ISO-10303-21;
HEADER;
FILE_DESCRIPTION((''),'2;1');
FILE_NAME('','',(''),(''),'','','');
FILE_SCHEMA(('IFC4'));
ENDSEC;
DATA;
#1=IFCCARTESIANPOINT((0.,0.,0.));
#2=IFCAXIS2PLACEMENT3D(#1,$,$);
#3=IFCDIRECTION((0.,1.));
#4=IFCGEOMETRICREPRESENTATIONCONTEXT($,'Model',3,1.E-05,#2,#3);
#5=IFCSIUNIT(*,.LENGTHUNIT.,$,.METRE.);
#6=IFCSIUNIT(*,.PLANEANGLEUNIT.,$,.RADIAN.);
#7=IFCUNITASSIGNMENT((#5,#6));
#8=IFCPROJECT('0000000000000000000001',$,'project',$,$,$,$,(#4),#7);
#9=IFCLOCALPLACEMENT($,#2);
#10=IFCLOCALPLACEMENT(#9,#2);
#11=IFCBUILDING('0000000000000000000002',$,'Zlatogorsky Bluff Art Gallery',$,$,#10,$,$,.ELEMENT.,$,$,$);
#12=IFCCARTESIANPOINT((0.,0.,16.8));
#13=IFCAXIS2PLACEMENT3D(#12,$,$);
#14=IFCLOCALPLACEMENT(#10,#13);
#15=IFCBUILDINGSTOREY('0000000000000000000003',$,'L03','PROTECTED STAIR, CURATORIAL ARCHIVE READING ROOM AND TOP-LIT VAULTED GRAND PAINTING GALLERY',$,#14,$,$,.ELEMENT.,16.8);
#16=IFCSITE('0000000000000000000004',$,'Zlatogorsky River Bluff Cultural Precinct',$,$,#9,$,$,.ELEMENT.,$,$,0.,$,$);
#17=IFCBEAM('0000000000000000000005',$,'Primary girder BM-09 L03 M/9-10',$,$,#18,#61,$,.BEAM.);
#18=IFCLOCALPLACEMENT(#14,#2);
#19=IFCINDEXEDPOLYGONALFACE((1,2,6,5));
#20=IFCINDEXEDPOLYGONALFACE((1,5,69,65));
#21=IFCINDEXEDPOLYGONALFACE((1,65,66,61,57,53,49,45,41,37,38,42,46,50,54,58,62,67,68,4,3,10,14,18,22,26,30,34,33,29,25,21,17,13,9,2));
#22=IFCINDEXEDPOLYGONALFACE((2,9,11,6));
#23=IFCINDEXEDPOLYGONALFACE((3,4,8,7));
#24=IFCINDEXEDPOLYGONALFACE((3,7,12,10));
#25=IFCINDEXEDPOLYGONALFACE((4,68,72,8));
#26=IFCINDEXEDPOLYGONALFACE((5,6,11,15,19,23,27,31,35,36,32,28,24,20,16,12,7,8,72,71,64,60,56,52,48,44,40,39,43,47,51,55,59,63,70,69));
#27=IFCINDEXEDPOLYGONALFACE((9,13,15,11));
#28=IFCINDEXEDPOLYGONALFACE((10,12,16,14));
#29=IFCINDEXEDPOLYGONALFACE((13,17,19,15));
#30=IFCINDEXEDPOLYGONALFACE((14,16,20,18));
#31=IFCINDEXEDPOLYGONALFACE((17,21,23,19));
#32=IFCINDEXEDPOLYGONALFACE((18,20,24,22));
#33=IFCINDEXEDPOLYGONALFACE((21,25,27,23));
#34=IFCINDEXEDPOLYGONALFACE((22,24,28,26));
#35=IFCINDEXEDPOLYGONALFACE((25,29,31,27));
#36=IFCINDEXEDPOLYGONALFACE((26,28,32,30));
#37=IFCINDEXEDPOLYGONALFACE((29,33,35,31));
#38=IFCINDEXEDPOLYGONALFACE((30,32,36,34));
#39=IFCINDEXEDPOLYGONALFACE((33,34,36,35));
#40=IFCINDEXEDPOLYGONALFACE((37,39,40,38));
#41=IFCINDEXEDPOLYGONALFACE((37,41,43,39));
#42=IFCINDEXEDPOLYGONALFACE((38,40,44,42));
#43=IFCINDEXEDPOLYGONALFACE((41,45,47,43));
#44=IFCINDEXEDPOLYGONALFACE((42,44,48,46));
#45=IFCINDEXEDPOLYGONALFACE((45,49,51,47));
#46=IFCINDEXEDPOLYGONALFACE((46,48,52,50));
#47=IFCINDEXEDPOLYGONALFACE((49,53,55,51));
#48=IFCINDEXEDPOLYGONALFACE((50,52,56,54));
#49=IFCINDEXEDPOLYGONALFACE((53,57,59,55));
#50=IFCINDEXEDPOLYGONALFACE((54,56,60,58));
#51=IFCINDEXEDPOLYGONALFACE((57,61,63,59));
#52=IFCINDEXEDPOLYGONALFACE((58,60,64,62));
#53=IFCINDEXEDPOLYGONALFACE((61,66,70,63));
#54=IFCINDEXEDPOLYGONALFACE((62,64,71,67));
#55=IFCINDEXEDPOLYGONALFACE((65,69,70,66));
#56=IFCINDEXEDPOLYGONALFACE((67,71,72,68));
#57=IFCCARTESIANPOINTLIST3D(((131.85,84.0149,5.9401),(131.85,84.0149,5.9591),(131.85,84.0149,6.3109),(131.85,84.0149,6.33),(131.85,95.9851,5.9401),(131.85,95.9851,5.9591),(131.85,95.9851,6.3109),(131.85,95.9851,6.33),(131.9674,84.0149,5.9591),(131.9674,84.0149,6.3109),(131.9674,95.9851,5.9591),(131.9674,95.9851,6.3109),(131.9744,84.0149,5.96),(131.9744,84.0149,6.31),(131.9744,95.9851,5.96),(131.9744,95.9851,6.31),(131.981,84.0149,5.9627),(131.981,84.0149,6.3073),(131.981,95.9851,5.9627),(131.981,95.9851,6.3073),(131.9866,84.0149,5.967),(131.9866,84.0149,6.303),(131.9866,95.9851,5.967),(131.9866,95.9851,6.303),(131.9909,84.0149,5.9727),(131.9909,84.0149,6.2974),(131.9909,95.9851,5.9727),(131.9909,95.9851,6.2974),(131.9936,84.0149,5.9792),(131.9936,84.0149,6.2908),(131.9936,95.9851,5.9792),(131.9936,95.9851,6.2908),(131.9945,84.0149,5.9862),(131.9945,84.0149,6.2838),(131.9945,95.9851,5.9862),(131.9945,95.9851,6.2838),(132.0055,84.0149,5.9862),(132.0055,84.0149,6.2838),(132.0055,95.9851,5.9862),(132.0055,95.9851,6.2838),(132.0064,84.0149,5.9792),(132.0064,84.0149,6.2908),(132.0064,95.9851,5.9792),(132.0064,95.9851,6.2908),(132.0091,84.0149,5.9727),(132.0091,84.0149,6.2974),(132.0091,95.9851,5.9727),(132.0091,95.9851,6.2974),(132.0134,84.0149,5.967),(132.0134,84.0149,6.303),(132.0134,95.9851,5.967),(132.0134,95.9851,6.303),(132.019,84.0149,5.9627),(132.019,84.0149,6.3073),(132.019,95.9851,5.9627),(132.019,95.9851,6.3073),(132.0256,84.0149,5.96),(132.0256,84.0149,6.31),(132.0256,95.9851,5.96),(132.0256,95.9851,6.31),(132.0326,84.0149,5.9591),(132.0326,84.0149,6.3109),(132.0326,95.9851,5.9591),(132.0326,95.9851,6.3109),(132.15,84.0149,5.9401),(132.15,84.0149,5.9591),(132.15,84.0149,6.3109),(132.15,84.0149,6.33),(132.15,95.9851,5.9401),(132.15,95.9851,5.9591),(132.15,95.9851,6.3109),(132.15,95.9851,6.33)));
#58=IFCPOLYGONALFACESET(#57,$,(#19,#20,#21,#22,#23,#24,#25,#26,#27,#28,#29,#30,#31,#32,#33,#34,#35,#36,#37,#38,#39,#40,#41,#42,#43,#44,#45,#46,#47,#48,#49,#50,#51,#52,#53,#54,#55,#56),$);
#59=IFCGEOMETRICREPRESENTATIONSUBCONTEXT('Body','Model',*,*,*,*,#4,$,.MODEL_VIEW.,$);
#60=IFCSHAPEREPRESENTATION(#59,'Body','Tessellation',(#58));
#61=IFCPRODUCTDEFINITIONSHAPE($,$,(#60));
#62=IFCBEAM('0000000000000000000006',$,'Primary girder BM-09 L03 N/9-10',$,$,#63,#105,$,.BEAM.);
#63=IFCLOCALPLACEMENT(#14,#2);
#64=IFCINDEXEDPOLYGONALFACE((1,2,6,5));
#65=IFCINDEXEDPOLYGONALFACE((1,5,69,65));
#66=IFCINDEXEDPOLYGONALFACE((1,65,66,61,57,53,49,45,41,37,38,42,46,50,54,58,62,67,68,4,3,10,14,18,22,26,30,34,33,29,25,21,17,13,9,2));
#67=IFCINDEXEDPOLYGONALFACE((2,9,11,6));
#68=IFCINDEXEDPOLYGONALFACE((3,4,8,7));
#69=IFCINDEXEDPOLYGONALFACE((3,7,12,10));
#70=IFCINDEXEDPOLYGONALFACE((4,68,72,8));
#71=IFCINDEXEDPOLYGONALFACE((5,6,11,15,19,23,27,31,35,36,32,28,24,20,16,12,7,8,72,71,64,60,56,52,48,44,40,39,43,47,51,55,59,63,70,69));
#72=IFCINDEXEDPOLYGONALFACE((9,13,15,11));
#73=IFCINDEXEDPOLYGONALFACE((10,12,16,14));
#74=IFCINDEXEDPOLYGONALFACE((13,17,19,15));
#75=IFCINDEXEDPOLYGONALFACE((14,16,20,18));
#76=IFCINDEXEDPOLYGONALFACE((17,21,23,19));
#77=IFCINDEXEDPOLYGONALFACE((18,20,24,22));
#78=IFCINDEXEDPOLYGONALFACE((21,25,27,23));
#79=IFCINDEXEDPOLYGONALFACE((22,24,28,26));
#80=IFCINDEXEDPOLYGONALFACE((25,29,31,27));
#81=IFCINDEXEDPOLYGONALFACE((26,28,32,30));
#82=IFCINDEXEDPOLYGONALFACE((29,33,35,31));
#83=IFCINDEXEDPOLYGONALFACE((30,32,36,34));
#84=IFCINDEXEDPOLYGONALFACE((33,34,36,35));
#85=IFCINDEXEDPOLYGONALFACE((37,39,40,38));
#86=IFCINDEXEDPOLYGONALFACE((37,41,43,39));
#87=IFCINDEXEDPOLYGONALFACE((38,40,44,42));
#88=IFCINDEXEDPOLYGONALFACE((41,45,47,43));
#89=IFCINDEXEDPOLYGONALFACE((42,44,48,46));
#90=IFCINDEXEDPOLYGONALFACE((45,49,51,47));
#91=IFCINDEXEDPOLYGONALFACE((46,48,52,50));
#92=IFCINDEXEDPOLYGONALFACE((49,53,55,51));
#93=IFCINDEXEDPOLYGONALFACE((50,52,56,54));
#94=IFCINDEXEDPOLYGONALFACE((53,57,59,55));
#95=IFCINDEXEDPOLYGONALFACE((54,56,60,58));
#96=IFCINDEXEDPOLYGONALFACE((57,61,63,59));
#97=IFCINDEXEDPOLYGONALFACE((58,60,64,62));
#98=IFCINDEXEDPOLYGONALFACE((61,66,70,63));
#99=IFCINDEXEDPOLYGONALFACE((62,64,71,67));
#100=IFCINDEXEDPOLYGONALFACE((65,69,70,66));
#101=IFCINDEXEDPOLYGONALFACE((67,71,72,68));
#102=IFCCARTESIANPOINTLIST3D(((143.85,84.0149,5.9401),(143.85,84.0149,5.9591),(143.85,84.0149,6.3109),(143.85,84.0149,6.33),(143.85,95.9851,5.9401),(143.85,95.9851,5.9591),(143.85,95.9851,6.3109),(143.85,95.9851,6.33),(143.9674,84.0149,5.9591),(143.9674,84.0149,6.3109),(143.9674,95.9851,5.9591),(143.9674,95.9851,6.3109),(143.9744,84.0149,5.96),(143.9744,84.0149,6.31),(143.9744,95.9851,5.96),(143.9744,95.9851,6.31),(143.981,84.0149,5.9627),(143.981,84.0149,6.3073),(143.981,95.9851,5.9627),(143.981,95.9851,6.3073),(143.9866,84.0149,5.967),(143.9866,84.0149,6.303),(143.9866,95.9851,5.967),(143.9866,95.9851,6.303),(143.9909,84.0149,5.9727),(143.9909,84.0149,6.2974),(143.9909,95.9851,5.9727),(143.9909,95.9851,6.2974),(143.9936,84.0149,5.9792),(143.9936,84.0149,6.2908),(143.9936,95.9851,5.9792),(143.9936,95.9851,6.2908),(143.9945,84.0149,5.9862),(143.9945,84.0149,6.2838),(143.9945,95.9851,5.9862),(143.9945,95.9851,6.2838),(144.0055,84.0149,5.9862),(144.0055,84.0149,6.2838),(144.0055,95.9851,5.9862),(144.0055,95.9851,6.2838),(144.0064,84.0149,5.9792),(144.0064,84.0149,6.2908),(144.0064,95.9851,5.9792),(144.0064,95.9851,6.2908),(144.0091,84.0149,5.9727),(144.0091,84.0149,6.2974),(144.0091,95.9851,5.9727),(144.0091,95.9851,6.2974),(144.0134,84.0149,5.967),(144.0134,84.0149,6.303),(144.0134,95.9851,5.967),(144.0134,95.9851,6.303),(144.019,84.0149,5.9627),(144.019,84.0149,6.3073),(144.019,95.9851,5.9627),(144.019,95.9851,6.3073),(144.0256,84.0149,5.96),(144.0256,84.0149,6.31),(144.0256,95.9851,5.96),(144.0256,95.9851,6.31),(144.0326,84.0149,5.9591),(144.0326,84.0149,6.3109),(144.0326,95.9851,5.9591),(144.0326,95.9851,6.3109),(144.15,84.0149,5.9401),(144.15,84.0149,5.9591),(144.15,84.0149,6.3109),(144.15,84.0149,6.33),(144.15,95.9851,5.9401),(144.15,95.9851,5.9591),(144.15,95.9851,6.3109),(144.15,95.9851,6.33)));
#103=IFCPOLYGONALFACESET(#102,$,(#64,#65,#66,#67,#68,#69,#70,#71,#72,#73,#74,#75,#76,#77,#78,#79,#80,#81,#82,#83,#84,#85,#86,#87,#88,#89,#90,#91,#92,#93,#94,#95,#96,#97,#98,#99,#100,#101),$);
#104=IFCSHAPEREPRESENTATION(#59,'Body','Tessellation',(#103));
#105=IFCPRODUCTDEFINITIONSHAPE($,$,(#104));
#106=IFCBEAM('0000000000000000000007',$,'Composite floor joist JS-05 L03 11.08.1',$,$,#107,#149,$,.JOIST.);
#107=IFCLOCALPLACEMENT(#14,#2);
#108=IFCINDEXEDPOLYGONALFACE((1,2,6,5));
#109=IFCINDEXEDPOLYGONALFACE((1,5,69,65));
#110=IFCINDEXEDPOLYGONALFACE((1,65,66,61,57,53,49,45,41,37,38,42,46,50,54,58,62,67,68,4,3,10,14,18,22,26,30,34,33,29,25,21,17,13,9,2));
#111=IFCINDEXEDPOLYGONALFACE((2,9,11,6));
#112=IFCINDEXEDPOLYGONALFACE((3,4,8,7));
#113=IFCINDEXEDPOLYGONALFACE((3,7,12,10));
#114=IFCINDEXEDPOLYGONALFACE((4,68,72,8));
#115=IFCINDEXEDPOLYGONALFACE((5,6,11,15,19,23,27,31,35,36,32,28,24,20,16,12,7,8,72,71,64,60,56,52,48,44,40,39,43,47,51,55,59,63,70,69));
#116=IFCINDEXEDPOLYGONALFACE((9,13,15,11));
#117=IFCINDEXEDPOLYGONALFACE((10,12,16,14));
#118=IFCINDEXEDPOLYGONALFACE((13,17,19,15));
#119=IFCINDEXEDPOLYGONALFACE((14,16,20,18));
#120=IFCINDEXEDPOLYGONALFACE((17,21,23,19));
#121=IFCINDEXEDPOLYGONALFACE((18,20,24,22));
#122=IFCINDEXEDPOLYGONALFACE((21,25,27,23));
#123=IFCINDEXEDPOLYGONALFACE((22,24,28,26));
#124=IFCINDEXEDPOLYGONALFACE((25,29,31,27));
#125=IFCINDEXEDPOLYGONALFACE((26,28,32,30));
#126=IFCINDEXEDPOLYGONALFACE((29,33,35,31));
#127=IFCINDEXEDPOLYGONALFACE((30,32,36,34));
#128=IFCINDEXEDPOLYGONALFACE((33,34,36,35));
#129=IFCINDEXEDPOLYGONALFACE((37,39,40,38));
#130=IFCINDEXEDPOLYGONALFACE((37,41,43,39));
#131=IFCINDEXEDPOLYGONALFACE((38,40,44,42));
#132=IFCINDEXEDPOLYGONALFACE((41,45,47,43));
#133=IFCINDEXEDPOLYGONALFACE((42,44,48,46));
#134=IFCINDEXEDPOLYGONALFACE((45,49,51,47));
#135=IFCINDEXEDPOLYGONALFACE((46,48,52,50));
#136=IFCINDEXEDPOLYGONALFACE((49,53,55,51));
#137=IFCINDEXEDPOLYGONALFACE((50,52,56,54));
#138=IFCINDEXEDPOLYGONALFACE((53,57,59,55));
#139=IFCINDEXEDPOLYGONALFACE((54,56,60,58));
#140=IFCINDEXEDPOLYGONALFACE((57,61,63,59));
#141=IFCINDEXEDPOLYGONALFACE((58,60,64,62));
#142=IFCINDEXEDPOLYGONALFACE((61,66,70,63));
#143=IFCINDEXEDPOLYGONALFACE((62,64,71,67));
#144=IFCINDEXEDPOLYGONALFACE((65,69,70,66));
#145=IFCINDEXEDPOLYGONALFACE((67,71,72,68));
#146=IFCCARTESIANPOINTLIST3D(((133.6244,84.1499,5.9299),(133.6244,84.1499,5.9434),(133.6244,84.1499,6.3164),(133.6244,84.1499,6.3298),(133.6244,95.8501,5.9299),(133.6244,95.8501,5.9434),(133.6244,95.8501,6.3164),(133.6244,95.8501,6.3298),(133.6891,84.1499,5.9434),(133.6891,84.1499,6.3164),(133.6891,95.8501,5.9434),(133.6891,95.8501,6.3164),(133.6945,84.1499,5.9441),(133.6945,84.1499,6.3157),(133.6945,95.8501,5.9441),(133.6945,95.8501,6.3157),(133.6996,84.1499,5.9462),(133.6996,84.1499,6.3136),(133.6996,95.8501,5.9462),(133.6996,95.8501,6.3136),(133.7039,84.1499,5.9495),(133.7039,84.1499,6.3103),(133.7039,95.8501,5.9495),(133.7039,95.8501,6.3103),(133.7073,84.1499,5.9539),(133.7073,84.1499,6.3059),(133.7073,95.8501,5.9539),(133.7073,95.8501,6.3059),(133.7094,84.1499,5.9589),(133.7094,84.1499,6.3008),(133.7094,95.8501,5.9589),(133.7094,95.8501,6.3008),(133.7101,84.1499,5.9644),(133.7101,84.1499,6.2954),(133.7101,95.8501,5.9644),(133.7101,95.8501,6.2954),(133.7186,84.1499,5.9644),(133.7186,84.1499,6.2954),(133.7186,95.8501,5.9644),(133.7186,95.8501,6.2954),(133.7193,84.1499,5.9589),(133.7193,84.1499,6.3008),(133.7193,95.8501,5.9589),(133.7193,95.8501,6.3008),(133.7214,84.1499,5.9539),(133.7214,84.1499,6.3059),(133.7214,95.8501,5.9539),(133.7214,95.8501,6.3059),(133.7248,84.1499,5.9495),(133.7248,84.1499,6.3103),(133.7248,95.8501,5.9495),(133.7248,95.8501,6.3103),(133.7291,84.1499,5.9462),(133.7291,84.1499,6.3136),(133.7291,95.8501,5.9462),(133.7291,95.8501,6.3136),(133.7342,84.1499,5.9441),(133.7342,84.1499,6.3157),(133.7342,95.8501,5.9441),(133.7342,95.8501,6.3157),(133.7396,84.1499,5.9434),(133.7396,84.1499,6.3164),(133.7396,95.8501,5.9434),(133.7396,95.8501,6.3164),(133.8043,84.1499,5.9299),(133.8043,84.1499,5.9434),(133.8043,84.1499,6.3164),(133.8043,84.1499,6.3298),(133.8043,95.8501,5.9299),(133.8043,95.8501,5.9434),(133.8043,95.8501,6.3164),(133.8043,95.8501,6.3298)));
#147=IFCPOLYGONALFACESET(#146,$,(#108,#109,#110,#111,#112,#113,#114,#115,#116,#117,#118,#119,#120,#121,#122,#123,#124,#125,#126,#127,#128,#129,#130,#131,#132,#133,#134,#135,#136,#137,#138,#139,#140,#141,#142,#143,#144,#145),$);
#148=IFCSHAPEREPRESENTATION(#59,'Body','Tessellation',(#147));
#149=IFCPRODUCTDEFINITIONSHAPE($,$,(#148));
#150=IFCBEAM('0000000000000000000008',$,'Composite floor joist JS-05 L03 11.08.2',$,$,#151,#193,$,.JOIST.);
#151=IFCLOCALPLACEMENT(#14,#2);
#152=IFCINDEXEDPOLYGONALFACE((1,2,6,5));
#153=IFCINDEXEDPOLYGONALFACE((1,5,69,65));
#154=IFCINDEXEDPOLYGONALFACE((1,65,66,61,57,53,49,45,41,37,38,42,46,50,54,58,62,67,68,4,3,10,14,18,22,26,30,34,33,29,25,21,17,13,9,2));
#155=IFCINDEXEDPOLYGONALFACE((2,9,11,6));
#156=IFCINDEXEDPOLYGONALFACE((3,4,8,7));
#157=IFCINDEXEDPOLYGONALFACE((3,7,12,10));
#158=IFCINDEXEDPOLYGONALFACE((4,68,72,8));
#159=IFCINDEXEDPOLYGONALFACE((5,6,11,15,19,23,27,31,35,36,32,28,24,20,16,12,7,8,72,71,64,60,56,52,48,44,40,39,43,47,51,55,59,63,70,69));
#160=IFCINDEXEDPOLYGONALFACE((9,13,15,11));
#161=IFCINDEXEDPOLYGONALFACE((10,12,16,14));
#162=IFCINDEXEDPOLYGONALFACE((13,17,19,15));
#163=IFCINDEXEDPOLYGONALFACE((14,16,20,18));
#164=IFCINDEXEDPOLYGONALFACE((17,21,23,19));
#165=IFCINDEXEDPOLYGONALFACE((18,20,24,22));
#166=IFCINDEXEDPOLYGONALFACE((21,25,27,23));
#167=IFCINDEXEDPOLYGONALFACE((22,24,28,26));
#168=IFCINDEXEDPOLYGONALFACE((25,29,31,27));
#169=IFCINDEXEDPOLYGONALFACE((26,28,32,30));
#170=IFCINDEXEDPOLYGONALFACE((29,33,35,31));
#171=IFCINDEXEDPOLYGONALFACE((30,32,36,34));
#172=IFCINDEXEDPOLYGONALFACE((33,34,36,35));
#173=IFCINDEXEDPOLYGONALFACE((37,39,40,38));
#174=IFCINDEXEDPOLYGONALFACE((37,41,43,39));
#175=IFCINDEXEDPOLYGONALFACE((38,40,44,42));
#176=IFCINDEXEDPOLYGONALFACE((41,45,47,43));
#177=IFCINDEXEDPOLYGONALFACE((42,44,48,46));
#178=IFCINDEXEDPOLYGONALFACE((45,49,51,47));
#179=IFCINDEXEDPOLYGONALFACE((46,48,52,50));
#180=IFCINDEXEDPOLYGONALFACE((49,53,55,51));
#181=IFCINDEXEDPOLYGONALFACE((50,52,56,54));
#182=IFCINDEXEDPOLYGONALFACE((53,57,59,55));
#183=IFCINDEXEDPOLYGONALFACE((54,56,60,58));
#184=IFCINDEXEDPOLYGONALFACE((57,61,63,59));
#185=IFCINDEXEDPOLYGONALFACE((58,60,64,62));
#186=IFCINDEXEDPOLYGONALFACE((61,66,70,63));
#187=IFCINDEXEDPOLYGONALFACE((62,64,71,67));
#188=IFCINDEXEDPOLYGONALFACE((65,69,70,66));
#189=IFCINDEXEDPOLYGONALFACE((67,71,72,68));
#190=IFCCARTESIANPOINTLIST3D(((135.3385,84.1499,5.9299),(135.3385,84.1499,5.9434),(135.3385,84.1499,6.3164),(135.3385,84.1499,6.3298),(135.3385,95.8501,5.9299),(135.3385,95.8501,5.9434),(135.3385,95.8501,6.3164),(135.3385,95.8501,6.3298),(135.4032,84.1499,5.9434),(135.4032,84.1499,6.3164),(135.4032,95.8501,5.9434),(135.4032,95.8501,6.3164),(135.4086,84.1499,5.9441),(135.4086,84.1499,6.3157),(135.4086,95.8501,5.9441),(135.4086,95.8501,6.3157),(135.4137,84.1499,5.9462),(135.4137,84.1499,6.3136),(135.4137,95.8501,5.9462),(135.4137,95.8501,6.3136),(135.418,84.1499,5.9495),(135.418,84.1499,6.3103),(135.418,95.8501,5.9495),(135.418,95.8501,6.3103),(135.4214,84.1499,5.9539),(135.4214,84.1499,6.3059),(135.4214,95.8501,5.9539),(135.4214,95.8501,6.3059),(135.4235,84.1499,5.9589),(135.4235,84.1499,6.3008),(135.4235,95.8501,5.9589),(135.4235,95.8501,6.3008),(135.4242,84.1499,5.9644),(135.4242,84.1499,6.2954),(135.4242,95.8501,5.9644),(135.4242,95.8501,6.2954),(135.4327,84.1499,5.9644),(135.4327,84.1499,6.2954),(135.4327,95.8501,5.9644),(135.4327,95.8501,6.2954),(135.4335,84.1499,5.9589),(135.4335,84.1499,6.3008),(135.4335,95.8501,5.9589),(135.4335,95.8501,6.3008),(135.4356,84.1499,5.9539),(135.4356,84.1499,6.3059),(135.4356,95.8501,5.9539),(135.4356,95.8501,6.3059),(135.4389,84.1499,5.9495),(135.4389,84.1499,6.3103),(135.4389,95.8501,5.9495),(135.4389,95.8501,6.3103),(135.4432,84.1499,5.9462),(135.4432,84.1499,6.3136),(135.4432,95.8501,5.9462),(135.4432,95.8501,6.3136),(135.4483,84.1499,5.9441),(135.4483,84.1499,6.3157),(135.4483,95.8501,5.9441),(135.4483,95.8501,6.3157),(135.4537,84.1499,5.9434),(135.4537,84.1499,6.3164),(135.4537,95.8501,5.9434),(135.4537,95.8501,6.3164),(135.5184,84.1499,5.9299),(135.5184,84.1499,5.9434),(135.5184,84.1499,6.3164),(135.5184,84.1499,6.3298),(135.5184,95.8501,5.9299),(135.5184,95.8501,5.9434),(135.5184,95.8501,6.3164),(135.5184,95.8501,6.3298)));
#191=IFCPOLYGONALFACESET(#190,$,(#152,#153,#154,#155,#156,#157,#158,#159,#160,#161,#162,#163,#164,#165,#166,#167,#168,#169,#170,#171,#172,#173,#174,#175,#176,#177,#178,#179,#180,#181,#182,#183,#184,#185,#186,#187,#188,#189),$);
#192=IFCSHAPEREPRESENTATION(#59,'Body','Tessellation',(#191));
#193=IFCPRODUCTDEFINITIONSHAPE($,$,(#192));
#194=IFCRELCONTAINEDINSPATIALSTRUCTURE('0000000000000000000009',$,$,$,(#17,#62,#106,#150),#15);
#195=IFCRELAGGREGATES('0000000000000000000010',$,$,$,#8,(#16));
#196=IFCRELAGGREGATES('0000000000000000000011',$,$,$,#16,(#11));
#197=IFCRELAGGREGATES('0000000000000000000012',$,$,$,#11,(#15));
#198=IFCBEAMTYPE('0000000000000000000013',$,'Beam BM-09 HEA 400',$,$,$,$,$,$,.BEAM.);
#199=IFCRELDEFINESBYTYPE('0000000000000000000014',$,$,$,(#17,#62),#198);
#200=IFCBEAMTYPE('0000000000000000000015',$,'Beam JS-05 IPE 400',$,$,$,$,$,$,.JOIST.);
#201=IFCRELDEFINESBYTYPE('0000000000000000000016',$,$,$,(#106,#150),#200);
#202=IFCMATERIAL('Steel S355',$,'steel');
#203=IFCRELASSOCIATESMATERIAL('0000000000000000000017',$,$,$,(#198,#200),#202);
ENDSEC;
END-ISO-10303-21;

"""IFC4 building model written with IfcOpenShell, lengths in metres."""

from ifc_helpers import new_model, si_unit, direction, frame, origin, origin_2d, place, context, subcontext, project, spatial, i_section, extrude, material, material_profile, profile_set, type_object, element, save


model = new_model("IFC4")

# Units and contexts
model_context = context("Model", 3, precision=1e-05, world=origin(), true_north=direction((0.0, 1.0)))
body_context = subcontext(model_context, "Body", "Model", "MODEL_VIEW")
ifc_project = project(units=[si_unit("LENGTHUNIT", "METRE"), si_unit("PLANEANGLEUNIT", "RADIAN")], contexts=[model_context])

# Site, building, storey
site_placement = place(None, origin())
site = spatial("IfcSite", under=ifc_project, at=site_placement, Name="Zlatogorsky River Bluff Cultural Precinct", CompositionType="ELEMENT", RefElevation=0.0)
building_placement = place(site_placement, origin())
building = spatial("IfcBuilding", under=site, at=building_placement, Name="Zlatogorsky Bluff Art Gallery", CompositionType="ELEMENT")
storey_placement = place(building_placement, frame((0.0, 0.0, 16.8)))
storey = spatial("IfcBuildingStorey", under=building, at=storey_placement, Name="L03", Description="PROTECTED STAIR, CURATORIAL ARCHIVE READING ROOM AND TOP-LIT VAULTED GRAND PAINTING GALLERY", CompositionType="ELEMENT", Elevation=16.8)

# Beams
ifc_material_1 = material(Name="Steel S355", Category="steel")
ifc_material_profile_1 = material_profile(ifc_material_1, i_section(OverallWidth=0.3, OverallDepth=0.3899, WebThickness=0.011, FlangeThickness=0.019, FilletRadius=0.0271, at=origin_2d()), Name="HEA 400")
ifc_profile_set_1 = profile_set([ifc_material_profile_1], Name="Steel S355")
beam_type_1 = type_object("IfcBeamType", Name="Beam BM-09 HEA 400", PredefinedType="BEAM", material=ifc_profile_set_1)
for number, where, z_axis, x_axis, name in (
    (1, (132.0, 84.0149, 6.135), (0.0, 1.0, 0.0), (-1.0, 0.0, 0.0), "Primary girder BM-09 L03 M/9-10"),
    (2, (144.0, 84.0149, 6.135), (0.0, 1.0, 0.0), (-1.0, 0.0, 0.0), "Primary girder BM-09 L03 N/9-10"),
):
    element("IfcBeam", number, at=place(storey_placement, frame(where, z_axis=z_axis, x_axis=x_axis)), inside=storey, type_object=beam_type_1, Name=name, PredefinedType="BEAM", context=body_context, shape_type="SweptSolid", body=[
        extrude(i_section(OverallWidth=0.3, OverallDepth=0.3899, WebThickness=0.011, FlangeThickness=0.019, FilletRadius=0.0271, at=origin_2d()), origin(), (0.0, 0.0, 1.0), 11.9702),
    ])
ifc_material_profile_2 = material_profile(ifc_material_1, i_section(OverallWidth=0.1799, OverallDepth=0.3999, WebThickness=0.0085, FlangeThickness=0.0134, FilletRadius=0.021, at=origin_2d()), Name="IPE 400")
ifc_profile_set_2 = profile_set([ifc_material_profile_2], Name="Steel S355")
beam_type_2 = type_object("IfcBeamType", Name="Beam JS-05 IPE 400", PredefinedType="JOIST", material=ifc_profile_set_2)
for number, where, z_axis, x_axis, name in (
    (3, (133.7144, 84.1499, 6.1299), (0.0, 1.0, 0.0), (-1.0, 0.0, 0.0), "Composite floor joist JS-05 L03 11.08.1"),
    (4, (135.4285, 84.1499, 6.1299), (0.0, 1.0, 0.0), (-1.0, 0.0, 0.0), "Composite floor joist JS-05 L03 11.08.2"),
):
    element("IfcBeam", number, at=place(storey_placement, frame(where, z_axis=z_axis, x_axis=x_axis)), inside=storey, type_object=beam_type_2, Name=name, PredefinedType="JOIST", context=body_context, shape_type="SweptSolid", body=[
        extrude(i_section(OverallWidth=0.1799, OverallDepth=0.3999, WebThickness=0.0085, FlangeThickness=0.0134, FilletRadius=0.021, at=origin_2d()), origin(), (0.0, 0.0, 1.0), 11.7002),
    ])

save(model, "model.ifc")
